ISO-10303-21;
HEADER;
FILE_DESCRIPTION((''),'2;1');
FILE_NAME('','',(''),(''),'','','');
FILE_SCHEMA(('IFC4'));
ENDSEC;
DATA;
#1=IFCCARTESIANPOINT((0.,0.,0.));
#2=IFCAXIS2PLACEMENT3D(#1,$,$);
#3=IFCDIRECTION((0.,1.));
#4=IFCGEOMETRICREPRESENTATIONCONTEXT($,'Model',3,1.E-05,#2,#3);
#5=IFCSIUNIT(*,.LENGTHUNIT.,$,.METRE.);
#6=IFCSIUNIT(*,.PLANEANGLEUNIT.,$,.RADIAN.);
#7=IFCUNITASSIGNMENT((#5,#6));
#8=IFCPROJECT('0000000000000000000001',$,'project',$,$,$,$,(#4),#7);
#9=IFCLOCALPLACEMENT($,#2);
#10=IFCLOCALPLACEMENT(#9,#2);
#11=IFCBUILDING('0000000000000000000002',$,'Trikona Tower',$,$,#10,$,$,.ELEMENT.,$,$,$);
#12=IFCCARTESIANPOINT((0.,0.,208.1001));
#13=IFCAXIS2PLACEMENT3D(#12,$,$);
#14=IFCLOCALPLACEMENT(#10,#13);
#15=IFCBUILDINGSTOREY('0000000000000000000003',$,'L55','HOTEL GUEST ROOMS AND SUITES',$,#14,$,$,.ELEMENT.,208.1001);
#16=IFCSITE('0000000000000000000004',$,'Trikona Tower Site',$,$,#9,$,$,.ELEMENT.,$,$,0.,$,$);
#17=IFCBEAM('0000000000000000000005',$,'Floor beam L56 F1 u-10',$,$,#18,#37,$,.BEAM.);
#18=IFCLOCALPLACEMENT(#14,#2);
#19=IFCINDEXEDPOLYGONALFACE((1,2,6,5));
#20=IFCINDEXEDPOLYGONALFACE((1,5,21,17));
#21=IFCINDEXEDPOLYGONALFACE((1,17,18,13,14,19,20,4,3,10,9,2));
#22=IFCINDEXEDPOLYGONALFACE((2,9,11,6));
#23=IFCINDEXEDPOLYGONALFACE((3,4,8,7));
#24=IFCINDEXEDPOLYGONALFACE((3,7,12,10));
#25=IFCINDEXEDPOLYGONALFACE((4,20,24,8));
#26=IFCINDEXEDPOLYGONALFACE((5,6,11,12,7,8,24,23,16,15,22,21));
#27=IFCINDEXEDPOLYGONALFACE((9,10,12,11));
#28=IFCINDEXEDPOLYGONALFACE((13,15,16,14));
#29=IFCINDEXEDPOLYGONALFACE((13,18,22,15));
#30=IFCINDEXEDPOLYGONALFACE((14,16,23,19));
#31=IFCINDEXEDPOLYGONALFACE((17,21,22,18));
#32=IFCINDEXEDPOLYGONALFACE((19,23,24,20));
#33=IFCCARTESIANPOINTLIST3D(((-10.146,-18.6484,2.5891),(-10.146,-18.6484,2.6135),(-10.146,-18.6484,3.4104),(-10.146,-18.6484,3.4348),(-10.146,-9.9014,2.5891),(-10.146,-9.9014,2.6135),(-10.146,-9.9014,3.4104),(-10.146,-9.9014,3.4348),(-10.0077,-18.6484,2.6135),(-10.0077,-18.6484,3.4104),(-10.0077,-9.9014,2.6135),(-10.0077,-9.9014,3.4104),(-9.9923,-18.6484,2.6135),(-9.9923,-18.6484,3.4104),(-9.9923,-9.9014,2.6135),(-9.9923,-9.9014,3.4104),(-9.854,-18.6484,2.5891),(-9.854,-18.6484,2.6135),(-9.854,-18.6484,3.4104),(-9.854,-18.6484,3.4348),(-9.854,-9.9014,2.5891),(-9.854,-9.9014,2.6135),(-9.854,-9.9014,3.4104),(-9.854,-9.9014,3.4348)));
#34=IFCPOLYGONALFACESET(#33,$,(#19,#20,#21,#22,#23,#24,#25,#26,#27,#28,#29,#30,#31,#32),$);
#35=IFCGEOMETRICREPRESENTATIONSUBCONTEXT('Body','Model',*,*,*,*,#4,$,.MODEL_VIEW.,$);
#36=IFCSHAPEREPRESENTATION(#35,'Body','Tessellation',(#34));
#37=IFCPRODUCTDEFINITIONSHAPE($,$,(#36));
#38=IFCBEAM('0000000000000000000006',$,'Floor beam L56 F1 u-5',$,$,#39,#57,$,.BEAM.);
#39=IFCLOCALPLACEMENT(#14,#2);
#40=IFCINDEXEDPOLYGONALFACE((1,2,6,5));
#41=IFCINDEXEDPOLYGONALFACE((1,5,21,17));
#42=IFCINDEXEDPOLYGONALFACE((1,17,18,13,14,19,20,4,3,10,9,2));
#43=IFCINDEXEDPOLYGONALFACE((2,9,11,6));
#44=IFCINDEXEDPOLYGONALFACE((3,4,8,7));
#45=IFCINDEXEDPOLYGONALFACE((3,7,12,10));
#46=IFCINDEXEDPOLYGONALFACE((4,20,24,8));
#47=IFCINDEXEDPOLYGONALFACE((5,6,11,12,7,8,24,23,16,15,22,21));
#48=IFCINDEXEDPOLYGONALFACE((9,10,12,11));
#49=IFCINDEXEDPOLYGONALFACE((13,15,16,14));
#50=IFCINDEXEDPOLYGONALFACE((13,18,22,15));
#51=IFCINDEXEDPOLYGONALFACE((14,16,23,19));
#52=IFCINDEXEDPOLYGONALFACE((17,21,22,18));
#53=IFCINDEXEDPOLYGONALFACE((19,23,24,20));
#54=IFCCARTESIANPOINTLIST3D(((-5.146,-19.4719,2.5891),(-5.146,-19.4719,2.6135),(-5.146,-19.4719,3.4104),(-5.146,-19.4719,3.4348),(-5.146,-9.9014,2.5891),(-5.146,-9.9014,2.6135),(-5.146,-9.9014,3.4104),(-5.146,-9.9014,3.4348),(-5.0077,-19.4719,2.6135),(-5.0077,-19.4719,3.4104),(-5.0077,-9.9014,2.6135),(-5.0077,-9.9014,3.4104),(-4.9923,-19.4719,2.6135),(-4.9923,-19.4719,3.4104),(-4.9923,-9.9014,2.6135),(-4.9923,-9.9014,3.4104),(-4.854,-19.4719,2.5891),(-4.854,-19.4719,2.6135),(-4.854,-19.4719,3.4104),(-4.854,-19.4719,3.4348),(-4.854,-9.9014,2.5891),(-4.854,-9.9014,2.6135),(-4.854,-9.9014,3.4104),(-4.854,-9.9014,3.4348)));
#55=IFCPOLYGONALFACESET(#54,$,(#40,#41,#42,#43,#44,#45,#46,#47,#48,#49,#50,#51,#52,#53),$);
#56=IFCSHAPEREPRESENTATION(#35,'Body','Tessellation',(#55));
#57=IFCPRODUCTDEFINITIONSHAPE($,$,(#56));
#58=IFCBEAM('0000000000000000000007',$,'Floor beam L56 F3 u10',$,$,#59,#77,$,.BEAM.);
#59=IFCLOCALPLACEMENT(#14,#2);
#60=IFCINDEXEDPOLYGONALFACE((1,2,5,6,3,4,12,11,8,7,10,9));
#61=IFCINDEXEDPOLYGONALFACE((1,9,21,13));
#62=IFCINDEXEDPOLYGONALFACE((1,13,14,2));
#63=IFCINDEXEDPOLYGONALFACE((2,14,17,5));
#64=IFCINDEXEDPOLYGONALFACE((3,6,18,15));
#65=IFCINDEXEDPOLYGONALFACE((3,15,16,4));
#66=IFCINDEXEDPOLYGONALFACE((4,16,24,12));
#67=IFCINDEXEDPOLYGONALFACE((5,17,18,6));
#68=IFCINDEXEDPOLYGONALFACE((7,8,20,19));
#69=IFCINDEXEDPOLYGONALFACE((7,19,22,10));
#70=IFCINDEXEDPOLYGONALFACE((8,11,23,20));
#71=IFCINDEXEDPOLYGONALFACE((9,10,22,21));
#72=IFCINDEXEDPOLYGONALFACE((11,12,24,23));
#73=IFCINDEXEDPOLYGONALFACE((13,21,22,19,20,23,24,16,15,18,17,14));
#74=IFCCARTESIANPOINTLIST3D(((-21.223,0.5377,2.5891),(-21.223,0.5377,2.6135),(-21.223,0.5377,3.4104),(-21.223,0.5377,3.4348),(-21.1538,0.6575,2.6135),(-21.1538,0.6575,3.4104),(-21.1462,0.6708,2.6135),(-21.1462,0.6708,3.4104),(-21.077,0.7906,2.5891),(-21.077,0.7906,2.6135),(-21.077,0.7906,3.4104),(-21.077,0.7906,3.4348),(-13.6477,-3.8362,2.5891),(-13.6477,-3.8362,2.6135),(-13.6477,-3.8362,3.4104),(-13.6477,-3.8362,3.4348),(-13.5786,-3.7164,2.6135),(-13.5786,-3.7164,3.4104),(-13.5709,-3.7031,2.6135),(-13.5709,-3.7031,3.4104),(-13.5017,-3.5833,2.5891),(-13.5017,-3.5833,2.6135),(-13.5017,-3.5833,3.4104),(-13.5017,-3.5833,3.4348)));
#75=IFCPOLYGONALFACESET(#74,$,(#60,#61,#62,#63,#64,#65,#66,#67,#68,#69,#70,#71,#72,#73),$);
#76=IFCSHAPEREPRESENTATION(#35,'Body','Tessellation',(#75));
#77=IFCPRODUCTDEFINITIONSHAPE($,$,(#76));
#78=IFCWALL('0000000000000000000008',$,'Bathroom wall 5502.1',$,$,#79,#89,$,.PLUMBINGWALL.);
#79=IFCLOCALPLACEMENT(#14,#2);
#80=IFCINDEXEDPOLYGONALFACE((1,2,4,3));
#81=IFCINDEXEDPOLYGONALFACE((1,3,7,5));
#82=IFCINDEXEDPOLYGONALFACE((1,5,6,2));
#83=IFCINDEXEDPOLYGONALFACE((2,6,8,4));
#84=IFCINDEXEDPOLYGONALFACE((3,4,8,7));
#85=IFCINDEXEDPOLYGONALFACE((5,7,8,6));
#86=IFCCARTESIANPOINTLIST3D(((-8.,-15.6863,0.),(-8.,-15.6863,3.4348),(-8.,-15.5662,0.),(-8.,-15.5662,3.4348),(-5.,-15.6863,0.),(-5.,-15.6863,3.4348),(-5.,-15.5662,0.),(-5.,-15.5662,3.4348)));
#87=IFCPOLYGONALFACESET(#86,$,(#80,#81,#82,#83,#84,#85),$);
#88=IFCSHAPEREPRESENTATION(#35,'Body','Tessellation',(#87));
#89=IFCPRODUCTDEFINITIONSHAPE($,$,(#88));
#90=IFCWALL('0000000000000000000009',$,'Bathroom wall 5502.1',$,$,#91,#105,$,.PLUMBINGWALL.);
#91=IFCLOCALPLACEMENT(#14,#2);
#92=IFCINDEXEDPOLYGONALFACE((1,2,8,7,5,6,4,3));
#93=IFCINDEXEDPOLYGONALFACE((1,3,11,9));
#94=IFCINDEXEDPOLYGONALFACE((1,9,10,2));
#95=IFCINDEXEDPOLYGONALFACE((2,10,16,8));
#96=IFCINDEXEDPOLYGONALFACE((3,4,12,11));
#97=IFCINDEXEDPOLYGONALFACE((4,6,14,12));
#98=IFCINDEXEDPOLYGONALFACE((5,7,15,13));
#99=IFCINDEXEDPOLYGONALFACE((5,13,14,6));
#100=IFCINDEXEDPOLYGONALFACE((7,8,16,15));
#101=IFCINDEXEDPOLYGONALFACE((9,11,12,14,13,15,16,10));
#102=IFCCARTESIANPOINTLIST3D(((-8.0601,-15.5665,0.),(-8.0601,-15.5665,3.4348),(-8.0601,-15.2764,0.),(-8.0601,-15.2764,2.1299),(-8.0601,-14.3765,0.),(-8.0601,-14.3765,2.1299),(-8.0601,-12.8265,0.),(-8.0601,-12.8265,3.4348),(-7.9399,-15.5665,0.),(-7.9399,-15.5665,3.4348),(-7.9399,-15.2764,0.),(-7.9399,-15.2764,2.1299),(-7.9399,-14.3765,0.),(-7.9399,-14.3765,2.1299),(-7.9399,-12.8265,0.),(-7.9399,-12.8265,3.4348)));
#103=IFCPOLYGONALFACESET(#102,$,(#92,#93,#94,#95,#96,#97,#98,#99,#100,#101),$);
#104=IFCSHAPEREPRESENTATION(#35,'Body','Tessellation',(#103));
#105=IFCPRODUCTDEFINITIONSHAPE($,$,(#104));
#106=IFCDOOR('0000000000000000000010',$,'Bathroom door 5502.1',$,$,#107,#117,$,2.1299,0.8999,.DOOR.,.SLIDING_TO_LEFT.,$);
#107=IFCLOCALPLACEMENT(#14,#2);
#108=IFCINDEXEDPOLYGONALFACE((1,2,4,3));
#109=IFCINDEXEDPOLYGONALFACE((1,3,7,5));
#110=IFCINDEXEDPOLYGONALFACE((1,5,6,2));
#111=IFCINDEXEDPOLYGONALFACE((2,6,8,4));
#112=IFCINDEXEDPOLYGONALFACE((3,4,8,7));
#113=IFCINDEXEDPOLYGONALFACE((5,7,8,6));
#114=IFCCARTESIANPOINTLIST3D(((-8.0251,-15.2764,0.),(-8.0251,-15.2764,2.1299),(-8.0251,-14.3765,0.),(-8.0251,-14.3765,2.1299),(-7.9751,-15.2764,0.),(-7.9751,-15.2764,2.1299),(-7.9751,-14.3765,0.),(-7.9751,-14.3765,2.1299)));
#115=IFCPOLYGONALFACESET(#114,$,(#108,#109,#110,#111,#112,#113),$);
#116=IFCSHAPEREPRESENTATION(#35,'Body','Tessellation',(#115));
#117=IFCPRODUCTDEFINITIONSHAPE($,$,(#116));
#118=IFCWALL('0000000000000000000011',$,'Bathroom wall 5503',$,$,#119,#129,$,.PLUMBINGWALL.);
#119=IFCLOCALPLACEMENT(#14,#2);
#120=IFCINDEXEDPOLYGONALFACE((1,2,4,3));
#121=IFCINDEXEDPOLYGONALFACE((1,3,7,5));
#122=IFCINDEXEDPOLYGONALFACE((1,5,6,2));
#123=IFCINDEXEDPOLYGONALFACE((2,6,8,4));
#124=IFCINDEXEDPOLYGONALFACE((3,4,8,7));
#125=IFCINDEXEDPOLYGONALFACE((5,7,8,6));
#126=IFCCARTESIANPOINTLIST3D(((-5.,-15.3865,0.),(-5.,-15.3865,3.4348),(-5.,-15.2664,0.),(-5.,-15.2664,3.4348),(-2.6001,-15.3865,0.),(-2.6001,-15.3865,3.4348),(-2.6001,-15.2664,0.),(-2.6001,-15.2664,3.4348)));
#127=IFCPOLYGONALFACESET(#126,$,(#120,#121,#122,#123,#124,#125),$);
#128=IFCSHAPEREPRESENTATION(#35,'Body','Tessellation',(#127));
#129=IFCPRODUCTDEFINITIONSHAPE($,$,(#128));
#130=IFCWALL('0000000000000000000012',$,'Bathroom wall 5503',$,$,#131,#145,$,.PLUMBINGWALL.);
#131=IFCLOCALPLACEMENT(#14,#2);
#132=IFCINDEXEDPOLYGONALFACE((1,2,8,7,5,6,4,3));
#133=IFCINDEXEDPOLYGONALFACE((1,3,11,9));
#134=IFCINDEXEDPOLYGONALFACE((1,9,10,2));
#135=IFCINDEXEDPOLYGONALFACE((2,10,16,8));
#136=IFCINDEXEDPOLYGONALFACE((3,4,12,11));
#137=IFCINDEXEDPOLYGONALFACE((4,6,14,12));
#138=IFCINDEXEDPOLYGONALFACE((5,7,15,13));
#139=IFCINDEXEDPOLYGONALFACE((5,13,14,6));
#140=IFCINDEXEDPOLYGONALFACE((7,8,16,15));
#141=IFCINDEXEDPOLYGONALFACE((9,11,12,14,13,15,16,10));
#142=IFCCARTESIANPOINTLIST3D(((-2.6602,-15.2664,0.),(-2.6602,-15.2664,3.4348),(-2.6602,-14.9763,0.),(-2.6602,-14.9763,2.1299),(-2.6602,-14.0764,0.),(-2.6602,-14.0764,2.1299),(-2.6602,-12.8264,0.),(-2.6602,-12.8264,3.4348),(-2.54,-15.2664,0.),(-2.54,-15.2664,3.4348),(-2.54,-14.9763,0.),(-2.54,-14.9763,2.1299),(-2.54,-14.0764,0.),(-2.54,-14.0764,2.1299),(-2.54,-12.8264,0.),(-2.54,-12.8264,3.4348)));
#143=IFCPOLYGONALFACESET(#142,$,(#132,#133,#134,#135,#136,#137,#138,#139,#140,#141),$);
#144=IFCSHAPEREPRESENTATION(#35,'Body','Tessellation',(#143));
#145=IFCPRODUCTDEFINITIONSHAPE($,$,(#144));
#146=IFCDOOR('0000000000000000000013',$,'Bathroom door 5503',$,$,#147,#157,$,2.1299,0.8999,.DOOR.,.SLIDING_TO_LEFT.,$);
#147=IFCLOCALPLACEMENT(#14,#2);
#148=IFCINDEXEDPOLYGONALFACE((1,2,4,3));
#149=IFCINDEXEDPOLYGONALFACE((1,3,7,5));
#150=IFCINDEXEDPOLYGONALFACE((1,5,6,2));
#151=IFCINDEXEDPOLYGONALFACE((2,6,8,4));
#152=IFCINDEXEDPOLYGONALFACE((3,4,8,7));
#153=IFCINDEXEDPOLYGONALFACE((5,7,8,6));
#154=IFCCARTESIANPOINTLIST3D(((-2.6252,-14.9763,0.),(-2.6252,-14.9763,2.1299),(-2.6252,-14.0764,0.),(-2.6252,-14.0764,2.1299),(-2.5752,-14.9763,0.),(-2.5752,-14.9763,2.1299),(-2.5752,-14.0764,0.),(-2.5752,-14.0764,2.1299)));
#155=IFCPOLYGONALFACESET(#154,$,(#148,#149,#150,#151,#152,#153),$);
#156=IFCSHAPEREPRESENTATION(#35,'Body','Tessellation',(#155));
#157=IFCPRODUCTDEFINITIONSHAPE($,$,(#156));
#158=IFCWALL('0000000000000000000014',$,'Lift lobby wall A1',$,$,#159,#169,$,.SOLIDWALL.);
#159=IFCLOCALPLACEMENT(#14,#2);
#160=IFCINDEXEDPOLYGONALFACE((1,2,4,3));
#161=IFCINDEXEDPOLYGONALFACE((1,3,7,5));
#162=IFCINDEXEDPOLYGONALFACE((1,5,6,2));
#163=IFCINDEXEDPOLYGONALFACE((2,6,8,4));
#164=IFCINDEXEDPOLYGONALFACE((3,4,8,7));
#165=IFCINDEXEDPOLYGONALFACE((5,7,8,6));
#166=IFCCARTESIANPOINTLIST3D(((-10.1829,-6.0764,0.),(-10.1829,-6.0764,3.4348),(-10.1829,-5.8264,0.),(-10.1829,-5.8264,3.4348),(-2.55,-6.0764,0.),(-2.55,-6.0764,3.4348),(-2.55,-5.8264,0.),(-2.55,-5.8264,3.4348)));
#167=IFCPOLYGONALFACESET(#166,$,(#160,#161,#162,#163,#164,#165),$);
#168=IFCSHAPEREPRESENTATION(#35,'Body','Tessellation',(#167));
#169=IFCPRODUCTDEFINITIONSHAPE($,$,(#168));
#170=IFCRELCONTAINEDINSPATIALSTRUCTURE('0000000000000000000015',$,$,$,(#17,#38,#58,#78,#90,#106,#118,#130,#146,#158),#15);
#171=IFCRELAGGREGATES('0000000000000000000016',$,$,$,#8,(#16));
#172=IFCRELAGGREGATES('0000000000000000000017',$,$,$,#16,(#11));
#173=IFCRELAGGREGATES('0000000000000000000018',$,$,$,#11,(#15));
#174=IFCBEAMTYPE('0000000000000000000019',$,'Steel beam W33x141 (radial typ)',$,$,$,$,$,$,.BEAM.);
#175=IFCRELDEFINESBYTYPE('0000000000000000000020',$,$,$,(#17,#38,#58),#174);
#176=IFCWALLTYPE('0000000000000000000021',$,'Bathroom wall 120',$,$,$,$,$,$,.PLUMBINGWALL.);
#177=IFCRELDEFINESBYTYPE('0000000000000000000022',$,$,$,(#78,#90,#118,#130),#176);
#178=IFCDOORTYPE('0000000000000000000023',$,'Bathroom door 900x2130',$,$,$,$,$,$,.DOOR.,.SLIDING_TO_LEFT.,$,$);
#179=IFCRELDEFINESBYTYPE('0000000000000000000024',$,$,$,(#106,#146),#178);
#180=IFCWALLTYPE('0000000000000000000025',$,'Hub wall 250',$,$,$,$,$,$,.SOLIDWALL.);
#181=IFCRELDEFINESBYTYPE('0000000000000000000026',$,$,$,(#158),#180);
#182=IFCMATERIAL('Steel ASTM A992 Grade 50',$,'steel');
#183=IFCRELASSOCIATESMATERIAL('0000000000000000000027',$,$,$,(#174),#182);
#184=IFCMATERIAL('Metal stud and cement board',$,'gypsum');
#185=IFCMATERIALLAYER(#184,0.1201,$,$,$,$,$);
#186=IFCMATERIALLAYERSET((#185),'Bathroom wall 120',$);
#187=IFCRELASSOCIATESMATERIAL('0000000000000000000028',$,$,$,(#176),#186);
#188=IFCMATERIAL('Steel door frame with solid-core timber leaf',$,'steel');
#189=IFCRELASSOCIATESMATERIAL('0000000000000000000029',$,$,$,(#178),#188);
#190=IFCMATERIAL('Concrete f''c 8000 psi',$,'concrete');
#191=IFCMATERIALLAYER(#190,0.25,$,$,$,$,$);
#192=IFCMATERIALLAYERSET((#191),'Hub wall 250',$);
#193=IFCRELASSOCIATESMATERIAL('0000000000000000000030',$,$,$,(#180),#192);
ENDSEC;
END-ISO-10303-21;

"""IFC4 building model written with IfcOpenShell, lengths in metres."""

from ifc_helpers import new_model, si_unit, direction, frame, frame_2d, origin, origin_2d, place, context, subcontext, project, spatial, rectangle, i_section, extrude, material, layer, layer_set, material_profile, profile_set, type_object, element, fill, save


model = new_model("IFC4")

# Units and contexts
model_context = context("Model", 3, precision=1e-05, world=origin(), true_north=direction((0.0, 1.0)))
body_context = subcontext(model_context, "Body", "Model", "MODEL_VIEW")
ifc_project = project(units=[si_unit("LENGTHUNIT", "METRE"), si_unit("PLANEANGLEUNIT", "RADIAN")], contexts=[model_context])

# Site, building, storey
site_placement = place(None, origin())
site = spatial("IfcSite", under=ifc_project, at=site_placement, Name="Trikona Tower Site", CompositionType="ELEMENT", RefElevation=0.0)
building_placement = place(site_placement, origin())
building = spatial("IfcBuilding", under=site, at=building_placement, Name="Trikona Tower", CompositionType="ELEMENT")
storey_placement = place(building_placement, frame((0.0, 0.0, 208.1001)))
storey = spatial("IfcBuildingStorey", under=building, at=storey_placement, Name="L55", Description="HOTEL GUEST ROOMS AND SUITES", CompositionType="ELEMENT", Elevation=208.1001)

# Beams
ifc_material_1 = material(Name="Steel ASTM A992 Grade 50", Category="steel")
ifc_material_profile = material_profile(ifc_material_1, i_section(OverallWidth=0.292, OverallDepth=0.8457, WebThickness=0.0154, FlangeThickness=0.0244, at=origin_2d()), Name="W33X141")
ifc_profile_set = profile_set([ifc_material_profile], Name="Steel ASTM A992 Grade 50")
beam_type = type_object("IfcBeamType", Name="Steel beam W33x141 (radial typ)", PredefinedType="BEAM", material=ifc_profile_set)
beam_1_placement = place(storey_placement, frame((-10.0, -9.9014, 3.012), z_axis=(0.0, -1.0, 0.0), x_axis=(1.0, 0.0, 0.0)))
element("IfcBeam", 1, at=beam_1_placement, inside=storey, type_object=beam_type, Name="Floor beam L56 F1 u-10", PredefinedType="BEAM", context=body_context, shape_type="SweptSolid", body=[
    extrude(i_section(OverallWidth=0.292, OverallDepth=0.8457, WebThickness=0.0154, FlangeThickness=0.0244, at=origin_2d()), origin(), (0.0, 0.0, 1.0), 8.7471),
])
beam_2_placement = place(storey_placement, frame((-5.0, -9.9014, 3.012), z_axis=(0.0, -1.0, 0.0), x_axis=(1.0, 0.0, 0.0)))
element("IfcBeam", 2, at=beam_2_placement, inside=storey, type_object=beam_type, Name="Floor beam L56 F1 u-5", PredefinedType="BEAM", context=body_context, shape_type="SweptSolid", body=[
    extrude(i_section(OverallWidth=0.292, OverallDepth=0.8457, WebThickness=0.0154, FlangeThickness=0.0244, at=origin_2d()), origin(), (0.0, 0.0, 1.0), 9.5706),
])
beam_3_placement = place(storey_placement, frame((-13.5747, -3.7097, 3.012), z_axis=(-0.866014, 0.50002, 0.0), x_axis=(-0.50002, -0.866014, 0.0)))
element("IfcBeam", 3, at=beam_3_placement, inside=storey, type_object=beam_type, Name="Floor beam L56 F3 u10", PredefinedType="BEAM", context=body_context, shape_type="SweptSolid", body=[
    extrude(i_section(OverallWidth=0.292, OverallDepth=0.8457, WebThickness=0.0154, FlangeThickness=0.0244, at=origin_2d()), origin(), (0.0, 0.0, 1.0), 8.7473),
])

# Wall
ifc_material_2 = material(Name="Metal stud and cement board", Category="gypsum")
ifc_layer_1 = layer(ifc_material_2, 0.1201)
ifc_layer_set_1 = layer_set([ifc_layer_1], Name="Bathroom wall 120")
wall_type_1 = type_object("IfcWallType", Name="Bathroom wall 120", PredefinedType="PLUMBINGWALL", material=ifc_layer_set_1)
wall_1_placement = place(storey_placement, frame((-8.0, -15.6262, 0.0), z_axis=(0.0, 0.0, 1.0), x_axis=(1.0, 0.0, 0.0)))
element("IfcWall", 4, at=wall_1_placement, inside=storey, type_object=wall_type_1, Name="Bathroom wall 5502.1", PredefinedType="PLUMBINGWALL", context=body_context, shape_type="SweptSolid", body=[
    extrude(rectangle(XDim=3.0, YDim=0.1201, at=frame_2d((1.5, 0.0))), origin(), (0.0, 0.0, 1.0), 3.4348),
])

# Wall, opening, door
wall_2_placement = place(storey_placement, frame((-8.0, -12.8264, 0.0), z_axis=(0.0, 0.0, 1.0), x_axis=(0.0, -1.0, 0.0)))
wall_2 = element("IfcWall", 5, at=wall_2_placement, inside=storey, type_object=wall_type_1, Name="Bathroom wall 5502.1", PredefinedType="PLUMBINGWALL", context=body_context, shape_type="SweptSolid", body=[
    extrude(rectangle(XDim=2.74, YDim=0.1201, at=frame_2d((1.3701, 0.0))), origin(), (0.0, 0.0, 1.0), 3.4348),
])
opening_1_placement = place(wall_2_placement, frame((1.55, 0.0, 0.0)))
opening_1 = element("IfcOpeningElement", 6, at=opening_1_placement, cuts=wall_2, PredefinedType="OPENING", context=body_context, shape_type="SweptSolid", body=[
    extrude(rectangle(XDim=0.8999, YDim=2.1299, at=frame_2d((0.45, 1.0649))), frame((0.0, 0.0701, 0.0), z_axis=(0.0, -1.0, 0.0), x_axis=(1.0, 0.0, 0.0)), (0.0, 0.0, 1.0), 0.1401),
])
ifc_material_3 = material(Name="Steel door frame with solid-core timber leaf", Category="steel")
door_type_1 = type_object("IfcDoorType", Name="Bathroom door 900x2130", OperationType="SLIDING_TO_LEFT", PredefinedType="DOOR", material=ifc_material_3)
door_1_placement = place(opening_1_placement, origin())
door_1 = element("IfcDoor", 7, at=door_1_placement, inside=storey, type_object=door_type_1, Name="Bathroom door 5502.1", OperationType="SLIDING_TO_LEFT", OverallHeight=2.1299, OverallWidth=0.8999, PredefinedType="DOOR", context=body_context, shape_type="SweptSolid", body=[
    extrude(rectangle(XDim=0.8999, YDim=2.1299, at=frame_2d((0.45, 1.0649))), frame((0.0, 0.0249, 0.0), z_axis=(0.0, -1.0, 0.0), x_axis=(1.0, 0.0, 0.0)), (0.0, 0.0, 1.0), 0.05),
])
fill(opening_1, door_1)

# Wall
wall_3_placement = place(storey_placement, frame((-5.0, -15.3264, 0.0), z_axis=(0.0, 0.0, 1.0), x_axis=(1.0, 0.0, 0.0)))
element("IfcWall", 8, at=wall_3_placement, inside=storey, type_object=wall_type_1, Name="Bathroom wall 5503", PredefinedType="PLUMBINGWALL", context=body_context, shape_type="SweptSolid", body=[
    extrude(rectangle(XDim=2.3999, YDim=0.1201, at=frame_2d((1.2, 0.0))), origin(), (0.0, 0.0, 1.0), 3.4348),
])

# Wall, opening, door
wall_4_placement = place(storey_placement, frame((-2.6001, -12.8264, 0.0), z_axis=(0.0, 0.0, 1.0), x_axis=(0.0, -1.0, 0.0)))
wall_4 = element("IfcWall", 9, at=wall_4_placement, inside=storey, type_object=wall_type_1, Name="Bathroom wall 5503", PredefinedType="PLUMBINGWALL", context=body_context, shape_type="SweptSolid", body=[
    extrude(rectangle(XDim=2.4399, YDim=0.1201, at=frame_2d((1.22, 0.0))), origin(), (0.0, 0.0, 1.0), 3.4348),
])
opening_2_placement = place(wall_4_placement, frame((1.25, 0.0, 0.0)))
opening_2 = element("IfcOpeningElement", 10, at=opening_2_placement, cuts=wall_4, PredefinedType="OPENING", context=body_context, shape_type="SweptSolid", body=[
    extrude(rectangle(XDim=0.8999, YDim=2.1299, at=frame_2d((0.45, 1.0649))), frame((0.0, 0.0701, 0.0), z_axis=(0.0, -1.0, 0.0), x_axis=(1.0, 0.0, 0.0)), (0.0, 0.0, 1.0), 0.1401),
])
door_2_placement = place(opening_2_placement, origin())
door_2 = element("IfcDoor", 11, at=door_2_placement, inside=storey, type_object=door_type_1, Name="Bathroom door 5503", OperationType="SLIDING_TO_LEFT", OverallHeight=2.1299, OverallWidth=0.8999, PredefinedType="DOOR", context=body_context, shape_type="SweptSolid", body=[
    extrude(rectangle(XDim=0.8999, YDim=2.1299, at=frame_2d((0.45, 1.0649))), frame((0.0, 0.0249, 0.0), z_axis=(0.0, -1.0, 0.0), x_axis=(1.0, 0.0, 0.0)), (0.0, 0.0, 1.0), 0.05),
])
fill(opening_2, door_2)

# Wall
ifc_material_4 = material(Name="Concrete f'c 8000 psi", Category="concrete")
ifc_layer_2 = layer(ifc_material_4, 0.25)
ifc_layer_set_2 = layer_set([ifc_layer_2], Name="Hub wall 250")
wall_type_2 = type_object("IfcWallType", Name="Hub wall 250", PredefinedType="SOLIDWALL", material=ifc_layer_set_2)
wall_5_placement = place(storey_placement, frame((-10.1829, -5.9514, 0.0), z_axis=(0.0, 0.0, 1.0), x_axis=(1.0, 0.0, 0.0)))
element("IfcWall", 12, at=wall_5_placement, inside=storey, type_object=wall_type_2, Name="Lift lobby wall A1", PredefinedType="SOLIDWALL", context=body_context, shape_type="SweptSolid", body=[
    extrude(rectangle(XDim=7.6328, YDim=0.25, at=frame_2d((3.8164, 0.0))), origin(), (0.0, 0.0, 1.0), 3.4348),
])

save(model, "model.ifc")
